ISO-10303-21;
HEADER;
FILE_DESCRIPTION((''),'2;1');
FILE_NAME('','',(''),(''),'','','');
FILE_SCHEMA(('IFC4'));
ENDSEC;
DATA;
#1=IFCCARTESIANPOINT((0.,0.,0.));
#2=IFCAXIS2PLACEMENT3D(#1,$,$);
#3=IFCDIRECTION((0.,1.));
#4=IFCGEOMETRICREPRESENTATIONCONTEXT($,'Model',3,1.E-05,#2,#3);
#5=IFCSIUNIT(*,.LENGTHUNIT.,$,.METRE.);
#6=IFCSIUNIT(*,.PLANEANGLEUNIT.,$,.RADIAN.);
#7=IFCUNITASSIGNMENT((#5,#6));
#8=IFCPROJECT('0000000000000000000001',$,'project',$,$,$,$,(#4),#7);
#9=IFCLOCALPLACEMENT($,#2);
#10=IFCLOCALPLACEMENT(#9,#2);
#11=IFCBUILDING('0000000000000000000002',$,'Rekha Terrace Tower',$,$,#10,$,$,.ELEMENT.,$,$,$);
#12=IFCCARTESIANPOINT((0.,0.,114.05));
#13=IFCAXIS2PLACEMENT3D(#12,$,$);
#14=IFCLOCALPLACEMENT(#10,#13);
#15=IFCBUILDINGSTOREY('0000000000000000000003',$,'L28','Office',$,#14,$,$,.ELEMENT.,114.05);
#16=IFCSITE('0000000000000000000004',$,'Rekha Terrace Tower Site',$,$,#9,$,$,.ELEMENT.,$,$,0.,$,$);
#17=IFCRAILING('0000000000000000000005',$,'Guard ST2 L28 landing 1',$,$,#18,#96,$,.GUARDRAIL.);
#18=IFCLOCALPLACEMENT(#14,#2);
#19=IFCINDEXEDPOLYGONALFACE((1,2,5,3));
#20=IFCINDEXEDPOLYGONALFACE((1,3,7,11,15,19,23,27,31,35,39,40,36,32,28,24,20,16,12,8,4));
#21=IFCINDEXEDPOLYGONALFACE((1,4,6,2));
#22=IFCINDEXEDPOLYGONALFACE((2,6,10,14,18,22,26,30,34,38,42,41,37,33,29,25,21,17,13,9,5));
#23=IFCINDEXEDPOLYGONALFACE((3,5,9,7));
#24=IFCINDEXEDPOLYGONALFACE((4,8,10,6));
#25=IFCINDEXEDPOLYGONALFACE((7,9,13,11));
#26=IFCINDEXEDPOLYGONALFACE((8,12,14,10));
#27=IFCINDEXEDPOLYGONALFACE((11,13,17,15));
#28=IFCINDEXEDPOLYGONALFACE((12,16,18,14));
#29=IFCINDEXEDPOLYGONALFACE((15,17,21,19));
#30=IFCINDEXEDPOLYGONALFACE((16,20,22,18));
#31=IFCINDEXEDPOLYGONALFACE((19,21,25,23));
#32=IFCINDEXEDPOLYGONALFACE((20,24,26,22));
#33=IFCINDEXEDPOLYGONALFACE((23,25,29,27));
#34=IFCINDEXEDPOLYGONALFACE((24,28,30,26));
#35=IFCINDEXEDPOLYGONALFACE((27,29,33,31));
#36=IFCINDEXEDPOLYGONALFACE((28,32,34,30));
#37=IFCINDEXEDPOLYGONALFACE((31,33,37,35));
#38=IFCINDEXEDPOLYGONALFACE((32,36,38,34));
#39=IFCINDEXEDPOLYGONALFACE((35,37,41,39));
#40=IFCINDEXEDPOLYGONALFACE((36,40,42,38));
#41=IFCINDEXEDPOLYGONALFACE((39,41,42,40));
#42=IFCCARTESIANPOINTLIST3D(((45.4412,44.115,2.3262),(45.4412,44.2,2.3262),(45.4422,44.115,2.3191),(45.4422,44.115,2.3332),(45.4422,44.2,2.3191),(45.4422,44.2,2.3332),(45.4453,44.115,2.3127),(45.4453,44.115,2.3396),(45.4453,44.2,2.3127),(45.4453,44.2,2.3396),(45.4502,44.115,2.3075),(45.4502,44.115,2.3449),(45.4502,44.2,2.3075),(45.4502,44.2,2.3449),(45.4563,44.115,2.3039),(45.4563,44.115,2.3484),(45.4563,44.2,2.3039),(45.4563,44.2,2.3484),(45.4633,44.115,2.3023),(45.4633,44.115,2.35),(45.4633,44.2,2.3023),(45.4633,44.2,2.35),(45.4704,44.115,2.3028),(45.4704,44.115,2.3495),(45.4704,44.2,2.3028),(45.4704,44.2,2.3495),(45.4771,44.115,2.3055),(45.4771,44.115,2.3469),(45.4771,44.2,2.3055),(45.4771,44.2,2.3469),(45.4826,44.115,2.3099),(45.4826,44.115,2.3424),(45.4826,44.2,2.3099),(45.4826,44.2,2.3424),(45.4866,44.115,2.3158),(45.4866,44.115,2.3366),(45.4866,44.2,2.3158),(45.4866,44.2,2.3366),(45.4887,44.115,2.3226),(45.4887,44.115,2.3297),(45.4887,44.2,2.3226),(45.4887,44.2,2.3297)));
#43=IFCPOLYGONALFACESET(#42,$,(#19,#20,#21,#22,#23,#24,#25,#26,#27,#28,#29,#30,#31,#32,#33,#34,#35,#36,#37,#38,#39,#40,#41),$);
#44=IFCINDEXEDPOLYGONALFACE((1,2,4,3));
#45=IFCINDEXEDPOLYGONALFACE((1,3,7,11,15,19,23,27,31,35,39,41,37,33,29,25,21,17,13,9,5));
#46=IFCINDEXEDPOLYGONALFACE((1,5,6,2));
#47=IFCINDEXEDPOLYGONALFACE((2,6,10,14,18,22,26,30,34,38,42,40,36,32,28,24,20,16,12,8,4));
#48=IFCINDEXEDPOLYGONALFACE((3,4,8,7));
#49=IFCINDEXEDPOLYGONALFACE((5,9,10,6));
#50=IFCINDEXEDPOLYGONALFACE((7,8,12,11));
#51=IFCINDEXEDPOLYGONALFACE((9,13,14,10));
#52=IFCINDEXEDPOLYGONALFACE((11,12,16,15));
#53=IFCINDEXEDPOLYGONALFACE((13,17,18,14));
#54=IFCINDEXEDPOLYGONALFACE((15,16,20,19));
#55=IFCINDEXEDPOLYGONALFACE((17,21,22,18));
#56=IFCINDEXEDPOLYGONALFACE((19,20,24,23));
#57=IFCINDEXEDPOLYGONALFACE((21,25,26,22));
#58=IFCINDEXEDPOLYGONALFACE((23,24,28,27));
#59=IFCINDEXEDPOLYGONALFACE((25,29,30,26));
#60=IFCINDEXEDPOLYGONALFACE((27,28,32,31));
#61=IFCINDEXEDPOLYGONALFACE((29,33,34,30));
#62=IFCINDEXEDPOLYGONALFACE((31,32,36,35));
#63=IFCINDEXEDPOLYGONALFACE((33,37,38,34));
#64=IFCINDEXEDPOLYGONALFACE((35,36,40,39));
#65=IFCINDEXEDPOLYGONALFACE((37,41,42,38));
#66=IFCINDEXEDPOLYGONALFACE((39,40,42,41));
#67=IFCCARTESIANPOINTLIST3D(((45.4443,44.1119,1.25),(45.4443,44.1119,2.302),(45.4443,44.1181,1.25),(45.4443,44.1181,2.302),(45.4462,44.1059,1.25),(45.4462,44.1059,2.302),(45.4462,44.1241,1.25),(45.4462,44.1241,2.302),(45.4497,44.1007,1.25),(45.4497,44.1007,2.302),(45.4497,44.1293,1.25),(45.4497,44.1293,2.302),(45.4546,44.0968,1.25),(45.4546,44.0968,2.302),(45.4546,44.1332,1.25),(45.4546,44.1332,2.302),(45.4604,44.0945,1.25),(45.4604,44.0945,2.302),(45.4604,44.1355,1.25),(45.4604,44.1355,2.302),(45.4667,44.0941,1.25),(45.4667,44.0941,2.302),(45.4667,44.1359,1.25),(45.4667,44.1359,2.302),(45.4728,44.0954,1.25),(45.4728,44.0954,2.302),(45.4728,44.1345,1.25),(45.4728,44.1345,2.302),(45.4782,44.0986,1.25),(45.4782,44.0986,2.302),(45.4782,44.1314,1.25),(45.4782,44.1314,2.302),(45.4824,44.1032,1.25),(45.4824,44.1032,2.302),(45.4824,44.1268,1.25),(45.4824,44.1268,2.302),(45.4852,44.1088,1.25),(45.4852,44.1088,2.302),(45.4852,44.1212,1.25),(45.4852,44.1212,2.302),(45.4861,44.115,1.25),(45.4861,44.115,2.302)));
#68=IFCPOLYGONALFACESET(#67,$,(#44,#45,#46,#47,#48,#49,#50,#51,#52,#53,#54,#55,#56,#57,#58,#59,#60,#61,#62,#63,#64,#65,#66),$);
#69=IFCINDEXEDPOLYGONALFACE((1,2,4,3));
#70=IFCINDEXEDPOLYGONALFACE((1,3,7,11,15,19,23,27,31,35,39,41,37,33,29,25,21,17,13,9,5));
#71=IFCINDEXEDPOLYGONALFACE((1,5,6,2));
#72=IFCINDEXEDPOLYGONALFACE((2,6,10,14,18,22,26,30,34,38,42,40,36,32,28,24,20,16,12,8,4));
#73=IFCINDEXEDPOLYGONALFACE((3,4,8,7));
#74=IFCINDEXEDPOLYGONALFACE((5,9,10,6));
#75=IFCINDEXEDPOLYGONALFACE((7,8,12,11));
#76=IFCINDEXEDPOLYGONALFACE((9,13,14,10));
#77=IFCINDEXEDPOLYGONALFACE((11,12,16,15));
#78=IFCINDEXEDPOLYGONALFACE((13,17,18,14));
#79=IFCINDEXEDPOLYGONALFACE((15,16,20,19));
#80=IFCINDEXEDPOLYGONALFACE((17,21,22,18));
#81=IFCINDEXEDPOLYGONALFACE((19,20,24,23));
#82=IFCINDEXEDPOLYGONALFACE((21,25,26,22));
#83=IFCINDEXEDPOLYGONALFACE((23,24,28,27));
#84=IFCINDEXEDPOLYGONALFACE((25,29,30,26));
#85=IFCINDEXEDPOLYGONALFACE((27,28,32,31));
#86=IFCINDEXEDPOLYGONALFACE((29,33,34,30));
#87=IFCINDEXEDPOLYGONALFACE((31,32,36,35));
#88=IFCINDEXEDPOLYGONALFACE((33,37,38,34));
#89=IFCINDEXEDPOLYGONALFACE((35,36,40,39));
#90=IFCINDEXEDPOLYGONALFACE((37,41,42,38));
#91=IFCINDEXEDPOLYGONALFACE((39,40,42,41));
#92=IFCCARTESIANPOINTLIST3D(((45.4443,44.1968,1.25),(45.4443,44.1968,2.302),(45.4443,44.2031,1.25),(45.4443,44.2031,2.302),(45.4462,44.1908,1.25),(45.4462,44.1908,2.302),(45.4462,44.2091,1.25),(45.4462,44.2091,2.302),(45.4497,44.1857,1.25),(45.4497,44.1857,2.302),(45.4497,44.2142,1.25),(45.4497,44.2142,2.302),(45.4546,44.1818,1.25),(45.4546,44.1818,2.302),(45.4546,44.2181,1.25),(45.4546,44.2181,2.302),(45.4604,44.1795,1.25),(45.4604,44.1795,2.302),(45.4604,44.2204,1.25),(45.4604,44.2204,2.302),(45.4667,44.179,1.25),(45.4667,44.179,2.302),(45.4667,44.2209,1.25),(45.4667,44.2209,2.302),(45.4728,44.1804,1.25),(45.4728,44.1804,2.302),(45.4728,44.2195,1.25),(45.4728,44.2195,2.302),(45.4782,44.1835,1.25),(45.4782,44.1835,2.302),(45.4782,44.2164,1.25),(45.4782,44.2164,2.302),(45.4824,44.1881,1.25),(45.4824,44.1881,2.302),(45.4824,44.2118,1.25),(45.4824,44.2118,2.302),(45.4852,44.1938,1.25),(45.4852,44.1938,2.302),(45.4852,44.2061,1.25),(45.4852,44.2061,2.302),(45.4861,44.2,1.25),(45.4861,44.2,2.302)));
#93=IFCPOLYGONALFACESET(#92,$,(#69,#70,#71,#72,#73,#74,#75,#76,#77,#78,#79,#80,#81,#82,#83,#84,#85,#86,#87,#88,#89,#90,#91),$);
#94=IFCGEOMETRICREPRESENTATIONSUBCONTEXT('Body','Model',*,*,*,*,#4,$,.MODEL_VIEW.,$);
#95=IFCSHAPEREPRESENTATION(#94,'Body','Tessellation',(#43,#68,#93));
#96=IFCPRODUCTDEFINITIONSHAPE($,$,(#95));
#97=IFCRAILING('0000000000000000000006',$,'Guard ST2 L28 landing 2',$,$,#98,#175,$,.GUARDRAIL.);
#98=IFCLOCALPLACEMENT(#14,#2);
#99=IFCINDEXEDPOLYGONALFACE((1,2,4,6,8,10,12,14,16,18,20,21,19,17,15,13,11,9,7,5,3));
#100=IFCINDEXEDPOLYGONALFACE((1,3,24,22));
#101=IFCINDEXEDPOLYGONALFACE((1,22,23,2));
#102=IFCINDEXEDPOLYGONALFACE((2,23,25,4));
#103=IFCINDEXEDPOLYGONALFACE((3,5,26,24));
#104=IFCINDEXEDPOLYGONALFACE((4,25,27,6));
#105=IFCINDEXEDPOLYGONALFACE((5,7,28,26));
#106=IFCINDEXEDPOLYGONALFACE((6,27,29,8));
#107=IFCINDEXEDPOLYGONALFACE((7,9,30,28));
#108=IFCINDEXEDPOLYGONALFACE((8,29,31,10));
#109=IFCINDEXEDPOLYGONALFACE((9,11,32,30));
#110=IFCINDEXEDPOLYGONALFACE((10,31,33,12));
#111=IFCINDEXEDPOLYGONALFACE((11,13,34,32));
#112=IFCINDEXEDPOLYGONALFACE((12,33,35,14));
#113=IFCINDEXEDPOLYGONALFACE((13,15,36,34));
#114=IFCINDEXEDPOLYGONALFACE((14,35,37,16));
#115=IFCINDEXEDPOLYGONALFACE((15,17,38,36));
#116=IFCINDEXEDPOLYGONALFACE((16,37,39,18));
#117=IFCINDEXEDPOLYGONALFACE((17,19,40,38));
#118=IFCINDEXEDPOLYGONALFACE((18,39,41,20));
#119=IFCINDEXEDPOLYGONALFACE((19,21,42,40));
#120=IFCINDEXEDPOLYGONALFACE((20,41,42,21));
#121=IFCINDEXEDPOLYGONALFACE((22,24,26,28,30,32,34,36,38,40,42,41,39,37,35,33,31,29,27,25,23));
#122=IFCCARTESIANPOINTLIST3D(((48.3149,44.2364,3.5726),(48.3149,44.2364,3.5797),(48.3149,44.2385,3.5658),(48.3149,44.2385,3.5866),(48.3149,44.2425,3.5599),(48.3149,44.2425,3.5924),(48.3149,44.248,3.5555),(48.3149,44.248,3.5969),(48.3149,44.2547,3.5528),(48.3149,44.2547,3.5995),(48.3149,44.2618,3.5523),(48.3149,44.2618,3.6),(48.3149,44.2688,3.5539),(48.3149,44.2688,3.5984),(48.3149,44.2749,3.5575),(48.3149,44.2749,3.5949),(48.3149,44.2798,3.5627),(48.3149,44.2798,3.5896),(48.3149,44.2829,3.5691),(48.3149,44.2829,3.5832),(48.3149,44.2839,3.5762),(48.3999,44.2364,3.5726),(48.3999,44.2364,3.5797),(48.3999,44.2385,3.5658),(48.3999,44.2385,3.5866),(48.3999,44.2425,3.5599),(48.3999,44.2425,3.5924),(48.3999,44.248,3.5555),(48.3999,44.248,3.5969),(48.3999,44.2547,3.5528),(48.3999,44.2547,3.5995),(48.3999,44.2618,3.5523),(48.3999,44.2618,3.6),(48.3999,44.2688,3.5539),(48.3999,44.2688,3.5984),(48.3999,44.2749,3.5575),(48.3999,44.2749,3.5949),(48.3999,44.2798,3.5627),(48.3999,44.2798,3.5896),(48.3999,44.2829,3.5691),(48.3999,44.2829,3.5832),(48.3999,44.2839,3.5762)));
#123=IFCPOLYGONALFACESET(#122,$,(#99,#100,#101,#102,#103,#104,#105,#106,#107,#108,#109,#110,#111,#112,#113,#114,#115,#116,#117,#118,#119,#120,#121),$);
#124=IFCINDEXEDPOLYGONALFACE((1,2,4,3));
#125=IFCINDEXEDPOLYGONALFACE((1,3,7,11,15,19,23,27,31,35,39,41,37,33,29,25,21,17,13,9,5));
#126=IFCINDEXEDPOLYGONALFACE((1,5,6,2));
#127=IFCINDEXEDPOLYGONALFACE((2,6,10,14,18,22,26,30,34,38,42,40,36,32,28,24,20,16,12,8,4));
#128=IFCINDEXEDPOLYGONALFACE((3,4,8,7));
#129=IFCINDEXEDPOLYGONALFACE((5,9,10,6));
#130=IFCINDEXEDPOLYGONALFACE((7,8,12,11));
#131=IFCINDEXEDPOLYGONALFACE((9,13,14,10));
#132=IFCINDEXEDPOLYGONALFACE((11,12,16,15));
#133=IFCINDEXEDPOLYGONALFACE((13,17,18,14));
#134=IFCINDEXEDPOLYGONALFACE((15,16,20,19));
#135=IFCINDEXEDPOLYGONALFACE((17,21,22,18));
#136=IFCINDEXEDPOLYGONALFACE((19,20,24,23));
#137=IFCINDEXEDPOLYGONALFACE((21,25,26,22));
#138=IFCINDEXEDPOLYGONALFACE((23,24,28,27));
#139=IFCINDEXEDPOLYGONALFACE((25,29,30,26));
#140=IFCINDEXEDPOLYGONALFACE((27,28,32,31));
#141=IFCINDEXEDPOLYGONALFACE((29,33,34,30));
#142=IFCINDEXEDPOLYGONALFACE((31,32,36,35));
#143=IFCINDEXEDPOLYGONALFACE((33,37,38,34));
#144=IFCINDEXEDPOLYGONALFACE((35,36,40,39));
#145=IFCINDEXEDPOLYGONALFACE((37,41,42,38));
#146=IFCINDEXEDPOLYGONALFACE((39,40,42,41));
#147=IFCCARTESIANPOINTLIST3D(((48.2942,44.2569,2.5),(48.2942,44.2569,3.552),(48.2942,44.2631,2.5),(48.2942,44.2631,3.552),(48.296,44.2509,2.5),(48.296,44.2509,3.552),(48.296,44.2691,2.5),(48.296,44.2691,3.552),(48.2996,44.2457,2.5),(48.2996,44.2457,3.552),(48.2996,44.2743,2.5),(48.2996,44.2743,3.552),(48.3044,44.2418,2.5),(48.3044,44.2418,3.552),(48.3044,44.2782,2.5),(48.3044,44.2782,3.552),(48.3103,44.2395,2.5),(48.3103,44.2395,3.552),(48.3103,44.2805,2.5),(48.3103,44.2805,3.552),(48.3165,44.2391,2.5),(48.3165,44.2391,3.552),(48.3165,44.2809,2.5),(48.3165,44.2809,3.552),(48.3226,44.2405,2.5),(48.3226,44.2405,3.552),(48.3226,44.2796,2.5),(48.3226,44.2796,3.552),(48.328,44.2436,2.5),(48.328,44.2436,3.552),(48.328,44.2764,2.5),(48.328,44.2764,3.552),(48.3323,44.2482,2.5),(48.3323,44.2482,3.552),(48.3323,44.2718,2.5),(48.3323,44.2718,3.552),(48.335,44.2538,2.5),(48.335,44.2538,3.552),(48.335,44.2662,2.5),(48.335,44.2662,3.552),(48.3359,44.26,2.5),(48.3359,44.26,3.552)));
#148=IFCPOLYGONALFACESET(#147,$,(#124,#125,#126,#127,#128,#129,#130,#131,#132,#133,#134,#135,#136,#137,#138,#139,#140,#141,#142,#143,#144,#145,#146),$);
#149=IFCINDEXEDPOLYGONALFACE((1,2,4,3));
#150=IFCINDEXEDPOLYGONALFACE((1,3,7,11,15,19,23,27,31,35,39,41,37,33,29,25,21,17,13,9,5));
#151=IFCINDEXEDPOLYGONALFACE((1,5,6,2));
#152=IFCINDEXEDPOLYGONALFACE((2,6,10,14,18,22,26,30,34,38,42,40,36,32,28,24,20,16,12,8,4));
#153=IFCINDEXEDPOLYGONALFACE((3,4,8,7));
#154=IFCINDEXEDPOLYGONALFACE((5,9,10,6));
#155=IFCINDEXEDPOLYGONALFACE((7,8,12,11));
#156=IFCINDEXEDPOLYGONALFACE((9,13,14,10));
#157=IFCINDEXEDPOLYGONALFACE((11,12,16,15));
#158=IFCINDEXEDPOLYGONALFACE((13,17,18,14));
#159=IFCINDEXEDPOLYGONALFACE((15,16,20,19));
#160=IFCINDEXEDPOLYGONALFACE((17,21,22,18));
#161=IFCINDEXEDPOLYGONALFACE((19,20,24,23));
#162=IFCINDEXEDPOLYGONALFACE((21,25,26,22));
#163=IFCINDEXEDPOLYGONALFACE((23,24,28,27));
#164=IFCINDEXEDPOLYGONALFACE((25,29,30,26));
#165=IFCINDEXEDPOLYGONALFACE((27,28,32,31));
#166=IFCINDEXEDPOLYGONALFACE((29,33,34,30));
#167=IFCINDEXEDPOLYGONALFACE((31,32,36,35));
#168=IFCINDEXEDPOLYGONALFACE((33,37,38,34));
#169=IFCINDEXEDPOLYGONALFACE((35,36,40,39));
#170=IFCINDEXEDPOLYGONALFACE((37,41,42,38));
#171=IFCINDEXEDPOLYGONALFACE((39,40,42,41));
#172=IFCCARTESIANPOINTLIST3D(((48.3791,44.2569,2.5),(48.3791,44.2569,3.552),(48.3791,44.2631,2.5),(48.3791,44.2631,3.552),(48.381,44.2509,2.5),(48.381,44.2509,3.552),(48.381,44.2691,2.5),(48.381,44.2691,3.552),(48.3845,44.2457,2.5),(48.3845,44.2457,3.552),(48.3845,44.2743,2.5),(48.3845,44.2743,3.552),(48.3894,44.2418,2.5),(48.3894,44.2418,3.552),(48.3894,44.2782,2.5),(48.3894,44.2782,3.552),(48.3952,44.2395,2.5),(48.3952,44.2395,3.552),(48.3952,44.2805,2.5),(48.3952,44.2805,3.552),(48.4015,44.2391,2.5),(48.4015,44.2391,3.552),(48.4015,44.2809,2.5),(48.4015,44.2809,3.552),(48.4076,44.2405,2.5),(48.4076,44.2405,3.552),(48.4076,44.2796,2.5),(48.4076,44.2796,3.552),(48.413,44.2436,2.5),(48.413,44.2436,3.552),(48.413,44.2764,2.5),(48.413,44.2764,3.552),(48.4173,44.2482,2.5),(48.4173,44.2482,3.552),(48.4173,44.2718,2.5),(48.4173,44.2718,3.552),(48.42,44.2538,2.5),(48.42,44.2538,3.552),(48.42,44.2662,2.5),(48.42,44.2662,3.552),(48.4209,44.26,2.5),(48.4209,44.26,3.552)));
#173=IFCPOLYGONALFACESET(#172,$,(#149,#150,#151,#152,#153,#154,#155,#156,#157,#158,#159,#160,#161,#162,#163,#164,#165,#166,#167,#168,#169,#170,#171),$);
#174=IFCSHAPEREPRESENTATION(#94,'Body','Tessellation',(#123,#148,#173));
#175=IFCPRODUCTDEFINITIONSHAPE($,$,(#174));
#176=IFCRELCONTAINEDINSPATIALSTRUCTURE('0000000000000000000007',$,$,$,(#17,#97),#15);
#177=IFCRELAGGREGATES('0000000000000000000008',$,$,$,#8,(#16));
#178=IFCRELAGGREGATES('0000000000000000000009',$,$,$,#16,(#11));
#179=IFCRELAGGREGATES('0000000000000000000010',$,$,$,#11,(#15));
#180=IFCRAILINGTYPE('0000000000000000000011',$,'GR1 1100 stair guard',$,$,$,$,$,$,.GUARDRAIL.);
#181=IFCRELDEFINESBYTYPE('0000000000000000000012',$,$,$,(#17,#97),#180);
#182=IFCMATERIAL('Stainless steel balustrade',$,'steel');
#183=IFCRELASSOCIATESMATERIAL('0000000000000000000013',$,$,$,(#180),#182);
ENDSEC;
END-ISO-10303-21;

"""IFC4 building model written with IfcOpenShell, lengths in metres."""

from ifc_helpers import new_model, si_unit, direction, frame, origin, origin_2d, place, context, subcontext, project, spatial, circle, extrude, material, type_object, element, save


model = new_model("IFC4")

# Units and contexts
model_context = context("Model", 3, precision=1e-05, world=origin(), true_north=direction((0.0, 1.0)))
body_context = subcontext(model_context, "Body", "Model", "MODEL_VIEW")
ifc_project = project(units=[si_unit("LENGTHUNIT", "METRE"), si_unit("PLANEANGLEUNIT", "RADIAN")], contexts=[model_context])

# Site, building, storey
site_placement = place(None, origin())
site = spatial("IfcSite", under=ifc_project, at=site_placement, Name="Rekha Terrace Tower Site", CompositionType="ELEMENT", RefElevation=0.0)
building_placement = place(site_placement, origin())
building = spatial("IfcBuilding", under=site, at=building_placement, Name="Rekha Terrace Tower", CompositionType="ELEMENT")
storey_placement = place(building_placement, frame((0.0, 0.0, 114.05)))
storey = spatial("IfcBuildingStorey", under=building, at=storey_placement, Name="L28", Description="Office", CompositionType="ELEMENT", Elevation=114.05)

# Railings
ifc_material_1 = material(Name="Stainless steel balustrade", Category="steel")
railing_type_1 = type_object("IfcRailingType", Name="GR1 1100 stair guard", PredefinedType="GUARDRAIL", material=ifc_material_1)
railing_1_placement = place(storey_placement, frame((45.4651, 44.115, 1.25)))
element("IfcRailing", 1, at=railing_1_placement, inside=storey, type_object=railing_type_1, Name="Guard ST2 L28 landing 1", PredefinedType="GUARDRAIL", context=body_context, shape_type="SweptSolid", body=[
    extrude(circle(Radius=0.0239, at=origin_2d()), frame((0.0, 0.0, 1.0762), z_axis=(0.0, 1.0, 0.0), x_axis=(-1.0, 0.0, 0.0)), (0.0, 0.0, 1.0), 0.085),
    extrude(circle(Radius=0.021, at=origin_2d()), origin(), (0.0, 0.0, 1.0), 1.052),
    extrude(circle(Radius=0.021, at=origin_2d()), frame((0.0, 0.085, 0.0)), (0.0, 0.0, 1.0), 1.052),
])
railing_2_placement = place(storey_placement, frame((48.3149, 44.26, 2.5)))
element("IfcRailing", 2, at=railing_2_placement, inside=storey, type_object=railing_type_1, Name="Guard ST2 L28 landing 2", PredefinedType="GUARDRAIL", context=body_context, shape_type="SweptSolid", body=[
    extrude(circle(Radius=0.0239, at=origin_2d()), frame((0.0, 0.0, 1.0762), z_axis=(1.0, 0.0, 0.0), x_axis=(0.0, 1.0, 0.0)), (0.0, 0.0, 1.0), 0.085),
    extrude(circle(Radius=0.021, at=origin_2d()), origin(), (0.0, 0.0, 1.0), 1.052),
    extrude(circle(Radius=0.021, at=origin_2d()), frame((0.085, 0.0, 0.0)), (0.0, 0.0, 1.0), 1.052),
])

save(model, "model.ifc")
